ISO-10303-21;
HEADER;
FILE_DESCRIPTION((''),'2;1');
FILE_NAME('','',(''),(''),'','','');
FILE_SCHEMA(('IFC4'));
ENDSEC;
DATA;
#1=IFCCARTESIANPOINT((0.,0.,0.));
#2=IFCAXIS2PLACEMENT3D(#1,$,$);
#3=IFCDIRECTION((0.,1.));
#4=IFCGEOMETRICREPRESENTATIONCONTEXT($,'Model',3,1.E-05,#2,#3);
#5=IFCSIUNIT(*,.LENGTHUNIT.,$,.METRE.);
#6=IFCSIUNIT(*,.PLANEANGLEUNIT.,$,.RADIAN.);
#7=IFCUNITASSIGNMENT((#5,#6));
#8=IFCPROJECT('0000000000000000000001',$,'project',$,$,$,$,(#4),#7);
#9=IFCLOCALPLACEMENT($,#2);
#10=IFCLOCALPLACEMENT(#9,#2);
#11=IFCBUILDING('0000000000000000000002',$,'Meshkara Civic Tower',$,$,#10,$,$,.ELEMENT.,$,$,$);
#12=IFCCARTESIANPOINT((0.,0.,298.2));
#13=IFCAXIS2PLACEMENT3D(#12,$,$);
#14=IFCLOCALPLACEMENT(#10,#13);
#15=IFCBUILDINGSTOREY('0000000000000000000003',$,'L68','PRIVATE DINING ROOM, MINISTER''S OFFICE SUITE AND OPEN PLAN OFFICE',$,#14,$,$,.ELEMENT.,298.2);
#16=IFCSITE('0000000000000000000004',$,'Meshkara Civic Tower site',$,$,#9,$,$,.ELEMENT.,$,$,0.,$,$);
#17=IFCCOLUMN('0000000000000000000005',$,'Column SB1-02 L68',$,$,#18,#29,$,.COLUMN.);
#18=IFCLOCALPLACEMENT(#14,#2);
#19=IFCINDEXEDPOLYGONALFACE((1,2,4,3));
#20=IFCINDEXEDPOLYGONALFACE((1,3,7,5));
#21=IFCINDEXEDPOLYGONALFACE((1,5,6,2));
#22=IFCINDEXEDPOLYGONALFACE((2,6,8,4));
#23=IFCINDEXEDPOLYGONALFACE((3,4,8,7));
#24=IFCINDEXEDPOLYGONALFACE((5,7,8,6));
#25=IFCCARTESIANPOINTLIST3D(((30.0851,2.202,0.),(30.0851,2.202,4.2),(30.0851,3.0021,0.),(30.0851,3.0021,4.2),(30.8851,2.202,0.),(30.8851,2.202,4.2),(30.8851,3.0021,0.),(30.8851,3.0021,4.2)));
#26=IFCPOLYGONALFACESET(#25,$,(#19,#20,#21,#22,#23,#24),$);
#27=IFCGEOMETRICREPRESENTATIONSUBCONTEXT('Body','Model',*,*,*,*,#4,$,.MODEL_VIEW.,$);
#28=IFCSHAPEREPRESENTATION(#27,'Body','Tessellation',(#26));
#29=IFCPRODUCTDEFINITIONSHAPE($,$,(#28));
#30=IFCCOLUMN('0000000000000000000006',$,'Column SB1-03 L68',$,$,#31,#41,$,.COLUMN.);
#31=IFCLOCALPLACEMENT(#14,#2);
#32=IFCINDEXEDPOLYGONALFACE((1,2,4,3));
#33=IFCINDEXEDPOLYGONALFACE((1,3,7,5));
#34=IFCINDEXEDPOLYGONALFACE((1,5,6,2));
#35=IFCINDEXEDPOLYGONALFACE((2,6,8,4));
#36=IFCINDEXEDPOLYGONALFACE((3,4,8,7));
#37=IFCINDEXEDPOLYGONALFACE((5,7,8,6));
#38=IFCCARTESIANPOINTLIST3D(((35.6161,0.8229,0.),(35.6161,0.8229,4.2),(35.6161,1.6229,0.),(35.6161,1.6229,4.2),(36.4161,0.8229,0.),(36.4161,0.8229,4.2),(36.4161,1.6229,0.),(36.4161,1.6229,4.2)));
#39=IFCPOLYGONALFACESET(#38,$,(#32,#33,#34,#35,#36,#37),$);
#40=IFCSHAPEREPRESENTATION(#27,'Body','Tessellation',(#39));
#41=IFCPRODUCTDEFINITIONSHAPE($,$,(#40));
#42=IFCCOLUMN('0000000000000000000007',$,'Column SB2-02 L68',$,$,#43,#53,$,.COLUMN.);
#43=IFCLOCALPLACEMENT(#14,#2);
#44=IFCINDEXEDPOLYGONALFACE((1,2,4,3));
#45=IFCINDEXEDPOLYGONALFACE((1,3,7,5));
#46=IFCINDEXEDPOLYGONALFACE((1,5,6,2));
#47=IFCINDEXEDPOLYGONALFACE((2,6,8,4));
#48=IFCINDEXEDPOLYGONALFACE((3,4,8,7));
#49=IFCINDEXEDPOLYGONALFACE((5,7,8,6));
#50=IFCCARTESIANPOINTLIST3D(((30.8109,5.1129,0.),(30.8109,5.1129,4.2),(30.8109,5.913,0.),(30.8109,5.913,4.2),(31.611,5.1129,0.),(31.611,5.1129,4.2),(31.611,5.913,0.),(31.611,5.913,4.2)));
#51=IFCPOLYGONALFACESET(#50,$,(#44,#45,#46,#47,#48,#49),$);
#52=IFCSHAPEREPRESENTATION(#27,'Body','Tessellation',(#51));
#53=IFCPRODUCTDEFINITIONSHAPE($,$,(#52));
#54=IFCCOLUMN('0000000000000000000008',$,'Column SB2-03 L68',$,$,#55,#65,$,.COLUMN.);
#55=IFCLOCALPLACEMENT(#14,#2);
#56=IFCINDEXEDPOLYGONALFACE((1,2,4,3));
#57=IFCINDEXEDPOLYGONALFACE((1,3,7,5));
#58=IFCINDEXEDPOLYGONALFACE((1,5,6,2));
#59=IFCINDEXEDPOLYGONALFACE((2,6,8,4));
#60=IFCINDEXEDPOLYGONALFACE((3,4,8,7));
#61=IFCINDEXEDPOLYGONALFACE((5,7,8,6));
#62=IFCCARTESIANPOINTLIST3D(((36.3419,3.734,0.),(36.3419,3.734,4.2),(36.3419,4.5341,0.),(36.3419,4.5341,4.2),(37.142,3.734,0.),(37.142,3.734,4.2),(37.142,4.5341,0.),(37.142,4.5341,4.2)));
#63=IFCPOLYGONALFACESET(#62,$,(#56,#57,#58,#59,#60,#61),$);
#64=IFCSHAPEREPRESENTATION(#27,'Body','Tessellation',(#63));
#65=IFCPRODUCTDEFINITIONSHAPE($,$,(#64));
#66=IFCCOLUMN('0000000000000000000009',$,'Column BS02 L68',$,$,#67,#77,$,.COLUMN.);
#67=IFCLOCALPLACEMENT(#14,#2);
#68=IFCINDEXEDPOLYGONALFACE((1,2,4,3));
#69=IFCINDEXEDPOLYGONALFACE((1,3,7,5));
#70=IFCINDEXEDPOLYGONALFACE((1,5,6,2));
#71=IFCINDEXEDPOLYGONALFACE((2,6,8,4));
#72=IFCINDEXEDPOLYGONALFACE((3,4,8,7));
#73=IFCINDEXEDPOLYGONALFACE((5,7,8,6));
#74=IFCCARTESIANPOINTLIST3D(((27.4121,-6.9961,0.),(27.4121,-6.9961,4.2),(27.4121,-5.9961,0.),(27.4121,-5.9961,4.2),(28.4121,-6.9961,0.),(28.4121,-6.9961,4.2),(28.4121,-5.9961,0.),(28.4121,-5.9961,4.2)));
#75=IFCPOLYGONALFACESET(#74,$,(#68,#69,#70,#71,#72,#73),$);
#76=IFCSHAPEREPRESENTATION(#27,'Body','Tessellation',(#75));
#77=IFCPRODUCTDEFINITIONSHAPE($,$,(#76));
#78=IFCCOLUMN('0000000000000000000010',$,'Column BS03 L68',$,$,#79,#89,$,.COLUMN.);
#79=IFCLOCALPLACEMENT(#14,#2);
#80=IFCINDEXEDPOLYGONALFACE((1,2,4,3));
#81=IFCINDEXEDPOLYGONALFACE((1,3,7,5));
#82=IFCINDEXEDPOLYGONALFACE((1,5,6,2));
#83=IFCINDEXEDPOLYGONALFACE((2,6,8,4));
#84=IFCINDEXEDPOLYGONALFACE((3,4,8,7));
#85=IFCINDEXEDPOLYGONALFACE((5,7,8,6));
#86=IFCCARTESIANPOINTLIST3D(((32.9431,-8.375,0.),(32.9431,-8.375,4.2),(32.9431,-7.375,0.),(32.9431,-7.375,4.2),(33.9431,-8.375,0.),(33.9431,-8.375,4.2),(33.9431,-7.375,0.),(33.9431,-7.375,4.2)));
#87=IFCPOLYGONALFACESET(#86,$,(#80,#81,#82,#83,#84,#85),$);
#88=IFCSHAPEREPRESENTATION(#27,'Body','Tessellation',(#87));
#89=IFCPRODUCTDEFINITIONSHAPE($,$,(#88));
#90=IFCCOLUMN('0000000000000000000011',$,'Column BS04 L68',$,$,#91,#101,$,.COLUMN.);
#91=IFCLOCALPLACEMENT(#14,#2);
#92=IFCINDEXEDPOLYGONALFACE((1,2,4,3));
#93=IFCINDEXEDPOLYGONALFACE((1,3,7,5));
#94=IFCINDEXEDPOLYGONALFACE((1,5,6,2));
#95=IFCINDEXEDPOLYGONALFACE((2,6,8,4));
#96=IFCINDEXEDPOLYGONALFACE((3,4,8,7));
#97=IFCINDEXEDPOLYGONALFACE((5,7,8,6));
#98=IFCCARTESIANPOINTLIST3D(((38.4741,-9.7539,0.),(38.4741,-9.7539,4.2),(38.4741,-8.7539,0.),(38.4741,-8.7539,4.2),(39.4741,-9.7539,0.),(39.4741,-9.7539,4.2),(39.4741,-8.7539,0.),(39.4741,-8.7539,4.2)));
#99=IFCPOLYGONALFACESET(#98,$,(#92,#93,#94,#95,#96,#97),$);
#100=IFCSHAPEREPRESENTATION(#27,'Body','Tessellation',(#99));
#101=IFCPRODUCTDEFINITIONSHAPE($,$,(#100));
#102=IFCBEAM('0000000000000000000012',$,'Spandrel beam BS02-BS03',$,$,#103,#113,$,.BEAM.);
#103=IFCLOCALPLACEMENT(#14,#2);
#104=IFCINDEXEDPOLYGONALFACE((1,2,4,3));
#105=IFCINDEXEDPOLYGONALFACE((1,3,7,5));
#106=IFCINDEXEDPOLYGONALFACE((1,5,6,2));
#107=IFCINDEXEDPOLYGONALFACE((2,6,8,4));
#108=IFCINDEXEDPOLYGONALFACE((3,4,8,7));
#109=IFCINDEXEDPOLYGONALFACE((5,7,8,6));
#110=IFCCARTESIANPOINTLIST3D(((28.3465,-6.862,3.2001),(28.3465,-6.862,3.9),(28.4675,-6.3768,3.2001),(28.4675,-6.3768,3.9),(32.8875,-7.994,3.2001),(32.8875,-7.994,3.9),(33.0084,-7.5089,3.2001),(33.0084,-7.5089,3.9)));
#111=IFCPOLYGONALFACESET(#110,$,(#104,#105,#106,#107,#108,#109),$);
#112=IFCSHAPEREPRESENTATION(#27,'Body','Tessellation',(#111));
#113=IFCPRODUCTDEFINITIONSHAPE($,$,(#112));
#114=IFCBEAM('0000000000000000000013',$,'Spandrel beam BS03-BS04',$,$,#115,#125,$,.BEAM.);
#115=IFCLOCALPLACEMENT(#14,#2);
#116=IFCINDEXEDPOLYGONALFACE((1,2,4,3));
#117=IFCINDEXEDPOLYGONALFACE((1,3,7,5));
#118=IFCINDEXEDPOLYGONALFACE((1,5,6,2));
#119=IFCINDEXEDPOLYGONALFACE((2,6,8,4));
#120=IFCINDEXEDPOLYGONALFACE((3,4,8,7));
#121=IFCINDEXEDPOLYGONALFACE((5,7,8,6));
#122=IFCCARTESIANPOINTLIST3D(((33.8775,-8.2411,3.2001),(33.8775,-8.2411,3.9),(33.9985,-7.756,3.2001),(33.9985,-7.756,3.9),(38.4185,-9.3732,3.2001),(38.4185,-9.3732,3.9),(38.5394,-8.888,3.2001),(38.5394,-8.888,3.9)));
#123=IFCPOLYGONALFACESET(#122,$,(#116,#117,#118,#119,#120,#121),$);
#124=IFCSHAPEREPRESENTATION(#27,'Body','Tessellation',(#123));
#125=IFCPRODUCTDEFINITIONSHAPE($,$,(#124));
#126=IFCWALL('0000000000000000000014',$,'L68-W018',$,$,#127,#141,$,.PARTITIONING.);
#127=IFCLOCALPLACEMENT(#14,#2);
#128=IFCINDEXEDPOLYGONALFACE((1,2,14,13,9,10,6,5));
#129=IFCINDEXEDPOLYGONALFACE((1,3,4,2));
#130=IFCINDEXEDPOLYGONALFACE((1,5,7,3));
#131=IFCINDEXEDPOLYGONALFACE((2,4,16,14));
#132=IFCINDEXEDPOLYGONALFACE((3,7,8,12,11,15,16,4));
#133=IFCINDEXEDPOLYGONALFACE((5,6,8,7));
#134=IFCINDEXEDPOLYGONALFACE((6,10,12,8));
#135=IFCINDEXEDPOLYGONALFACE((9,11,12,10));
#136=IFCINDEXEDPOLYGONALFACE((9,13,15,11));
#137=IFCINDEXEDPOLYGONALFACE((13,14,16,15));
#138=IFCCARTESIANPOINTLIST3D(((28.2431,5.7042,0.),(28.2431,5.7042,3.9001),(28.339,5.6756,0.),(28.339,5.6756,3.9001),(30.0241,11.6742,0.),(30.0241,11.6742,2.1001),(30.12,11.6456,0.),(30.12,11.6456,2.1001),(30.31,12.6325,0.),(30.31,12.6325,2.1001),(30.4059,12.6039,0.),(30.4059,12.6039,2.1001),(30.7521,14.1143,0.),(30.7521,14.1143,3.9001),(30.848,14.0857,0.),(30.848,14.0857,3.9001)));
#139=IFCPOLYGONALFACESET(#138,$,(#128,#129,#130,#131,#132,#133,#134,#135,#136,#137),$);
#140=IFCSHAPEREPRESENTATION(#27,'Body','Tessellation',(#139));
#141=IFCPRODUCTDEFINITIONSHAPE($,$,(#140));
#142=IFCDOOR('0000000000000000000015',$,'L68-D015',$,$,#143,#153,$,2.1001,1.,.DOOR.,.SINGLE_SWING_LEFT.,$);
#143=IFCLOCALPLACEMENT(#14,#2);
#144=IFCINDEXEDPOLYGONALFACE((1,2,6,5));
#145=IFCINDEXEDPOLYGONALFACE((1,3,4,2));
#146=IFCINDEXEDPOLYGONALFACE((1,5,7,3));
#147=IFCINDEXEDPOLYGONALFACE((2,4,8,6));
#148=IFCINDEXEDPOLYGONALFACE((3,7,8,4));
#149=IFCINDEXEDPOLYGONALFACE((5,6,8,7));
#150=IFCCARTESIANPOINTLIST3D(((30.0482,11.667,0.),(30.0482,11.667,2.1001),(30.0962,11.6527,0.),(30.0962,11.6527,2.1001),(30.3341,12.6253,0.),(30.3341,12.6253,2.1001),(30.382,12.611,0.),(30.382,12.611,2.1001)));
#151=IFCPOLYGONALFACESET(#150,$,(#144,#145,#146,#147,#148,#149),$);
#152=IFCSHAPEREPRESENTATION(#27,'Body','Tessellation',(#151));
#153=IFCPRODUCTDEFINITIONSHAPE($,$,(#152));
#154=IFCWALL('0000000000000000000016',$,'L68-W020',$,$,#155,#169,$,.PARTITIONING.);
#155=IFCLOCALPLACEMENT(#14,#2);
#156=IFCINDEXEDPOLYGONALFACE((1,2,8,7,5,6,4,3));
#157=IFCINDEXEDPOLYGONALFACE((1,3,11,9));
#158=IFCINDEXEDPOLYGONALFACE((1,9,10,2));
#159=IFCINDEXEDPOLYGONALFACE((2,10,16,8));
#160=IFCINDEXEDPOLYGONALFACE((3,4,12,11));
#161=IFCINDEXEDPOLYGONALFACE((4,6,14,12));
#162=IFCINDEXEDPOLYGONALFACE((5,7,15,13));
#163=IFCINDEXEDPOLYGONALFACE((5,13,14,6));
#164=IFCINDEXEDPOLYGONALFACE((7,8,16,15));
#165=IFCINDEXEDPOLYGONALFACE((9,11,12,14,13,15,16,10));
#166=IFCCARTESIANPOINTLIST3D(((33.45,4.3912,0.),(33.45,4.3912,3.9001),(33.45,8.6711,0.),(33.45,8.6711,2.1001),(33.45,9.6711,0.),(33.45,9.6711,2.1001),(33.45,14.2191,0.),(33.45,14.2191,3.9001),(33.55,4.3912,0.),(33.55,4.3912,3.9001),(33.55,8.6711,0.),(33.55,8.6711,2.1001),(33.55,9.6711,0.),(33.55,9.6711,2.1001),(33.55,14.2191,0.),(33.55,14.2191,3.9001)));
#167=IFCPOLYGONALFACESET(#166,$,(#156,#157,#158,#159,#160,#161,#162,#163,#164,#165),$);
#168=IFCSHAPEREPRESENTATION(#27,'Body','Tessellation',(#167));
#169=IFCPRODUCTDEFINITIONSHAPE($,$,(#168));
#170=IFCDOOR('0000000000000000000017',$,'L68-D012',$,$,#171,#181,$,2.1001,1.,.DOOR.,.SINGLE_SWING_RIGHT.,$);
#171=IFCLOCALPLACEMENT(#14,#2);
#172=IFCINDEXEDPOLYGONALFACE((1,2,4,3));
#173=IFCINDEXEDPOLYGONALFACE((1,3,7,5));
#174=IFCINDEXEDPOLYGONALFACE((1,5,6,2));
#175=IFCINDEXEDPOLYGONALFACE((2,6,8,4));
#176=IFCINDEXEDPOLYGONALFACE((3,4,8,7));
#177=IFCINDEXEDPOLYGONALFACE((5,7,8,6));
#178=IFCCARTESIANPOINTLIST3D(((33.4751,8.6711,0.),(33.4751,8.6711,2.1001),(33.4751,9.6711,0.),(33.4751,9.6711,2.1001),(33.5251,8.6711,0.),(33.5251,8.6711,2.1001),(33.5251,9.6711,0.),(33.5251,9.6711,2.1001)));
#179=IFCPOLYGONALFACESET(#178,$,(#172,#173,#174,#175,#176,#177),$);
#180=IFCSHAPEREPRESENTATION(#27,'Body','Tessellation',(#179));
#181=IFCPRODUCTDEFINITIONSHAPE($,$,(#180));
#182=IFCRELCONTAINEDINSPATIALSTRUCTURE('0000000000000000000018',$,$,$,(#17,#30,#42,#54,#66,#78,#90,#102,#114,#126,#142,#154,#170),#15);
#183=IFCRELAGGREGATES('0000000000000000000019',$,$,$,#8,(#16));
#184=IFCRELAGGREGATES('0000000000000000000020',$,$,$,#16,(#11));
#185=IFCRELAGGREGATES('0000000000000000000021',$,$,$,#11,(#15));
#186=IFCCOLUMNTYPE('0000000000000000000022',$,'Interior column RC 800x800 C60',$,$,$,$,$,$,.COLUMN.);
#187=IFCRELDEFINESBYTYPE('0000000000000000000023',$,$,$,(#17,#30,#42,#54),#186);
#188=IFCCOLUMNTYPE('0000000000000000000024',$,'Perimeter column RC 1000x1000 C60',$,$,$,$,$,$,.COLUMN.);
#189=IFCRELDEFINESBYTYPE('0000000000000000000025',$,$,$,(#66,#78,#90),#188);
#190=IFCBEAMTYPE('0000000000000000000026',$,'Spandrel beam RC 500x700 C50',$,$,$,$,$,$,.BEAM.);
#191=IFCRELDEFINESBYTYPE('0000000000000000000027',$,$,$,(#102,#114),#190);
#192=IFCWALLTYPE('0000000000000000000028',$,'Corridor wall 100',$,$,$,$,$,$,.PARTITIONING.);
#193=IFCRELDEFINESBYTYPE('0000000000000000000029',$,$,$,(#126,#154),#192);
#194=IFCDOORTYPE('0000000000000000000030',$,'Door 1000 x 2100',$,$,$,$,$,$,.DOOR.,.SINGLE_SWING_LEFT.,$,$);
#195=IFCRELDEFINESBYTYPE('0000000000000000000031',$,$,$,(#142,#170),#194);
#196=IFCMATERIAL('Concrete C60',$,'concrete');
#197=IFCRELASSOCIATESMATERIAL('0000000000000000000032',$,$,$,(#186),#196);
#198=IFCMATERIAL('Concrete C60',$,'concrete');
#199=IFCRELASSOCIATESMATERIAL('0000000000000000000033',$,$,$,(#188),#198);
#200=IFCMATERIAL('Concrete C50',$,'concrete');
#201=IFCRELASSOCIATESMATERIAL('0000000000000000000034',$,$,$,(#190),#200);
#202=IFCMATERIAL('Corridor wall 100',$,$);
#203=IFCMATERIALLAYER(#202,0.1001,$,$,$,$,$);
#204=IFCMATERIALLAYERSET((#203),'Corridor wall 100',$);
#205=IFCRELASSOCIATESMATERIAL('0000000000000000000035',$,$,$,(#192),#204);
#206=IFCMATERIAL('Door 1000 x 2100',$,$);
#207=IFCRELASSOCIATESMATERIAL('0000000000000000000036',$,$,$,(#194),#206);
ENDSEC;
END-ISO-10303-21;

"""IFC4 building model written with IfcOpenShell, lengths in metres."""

from ifc_helpers import new_model, si_unit, direction, frame, frame_2d, origin, origin_2d, place, context, subcontext, project, spatial, rectangle, extrude, material, layer, layer_set, material_profile, profile_set, type_object, element, fill, save


model = new_model("IFC4")

# Units and contexts
model_context = context("Model", 3, precision=1e-05, world=origin(), true_north=direction((0.0, 1.0)))
body_context = subcontext(model_context, "Body", "Model", "MODEL_VIEW")
ifc_project = project(units=[si_unit("LENGTHUNIT", "METRE"), si_unit("PLANEANGLEUNIT", "RADIAN")], contexts=[model_context])

# Site, building, storey
site_placement = place(None, origin())
site = spatial("IfcSite", under=ifc_project, at=site_placement, Name="Meshkara Civic Tower site", CompositionType="ELEMENT", RefElevation=0.0)
building_placement = place(site_placement, origin())
building = spatial("IfcBuilding", under=site, at=building_placement, Name="Meshkara Civic Tower", CompositionType="ELEMENT")
storey_placement = place(building_placement, frame((0.0, 0.0, 298.2)))
storey = spatial("IfcBuildingStorey", under=building, at=storey_placement, Name="L68", Description="PRIVATE DINING ROOM, MINISTER'S OFFICE SUITE AND OPEN PLAN OFFICE", CompositionType="ELEMENT", Elevation=298.2)

# Columns
ifc_material_1 = material(Name="Concrete C60", Category="concrete")
ifc_material_profile_1 = material_profile(ifc_material_1, rectangle(XDim=0.8, YDim=0.8, at=origin_2d()))
ifc_profile_set_1 = profile_set([ifc_material_profile_1], Name="Concrete C60")
column_type_1 = type_object("IfcColumnType", Name="Interior column RC 800x800 C60", PredefinedType="COLUMN", material=ifc_profile_set_1)
for number, where, z_axis, x_axis, name in (
    (1, (30.4851, 2.6021, 0.0), (0.0, 0.0, 1.0), (1.0, 0.0, 0.0), "Column SB1-02 L68"),
    (2, (36.0161, 1.2229, 0.0), (0.0, 0.0, 1.0), (1.0, 0.0, 0.0), "Column SB1-03 L68"),
    (3, (31.2109, 5.5129, 0.0), (0.0, 0.0, 1.0), (1.0, 0.0, 0.0), "Column SB2-02 L68"),
    (4, (36.7419, 4.134, 0.0), (0.0, 0.0, 1.0), (1.0, 0.0, 0.0), "Column SB2-03 L68"),
):
    element("IfcColumn", number, at=place(storey_placement, frame(where, z_axis=z_axis, x_axis=x_axis)), inside=storey, type_object=column_type_1, Name=name, PredefinedType="COLUMN", context=body_context, shape_type="SweptSolid", body=[
        extrude(rectangle(XDim=0.8, YDim=0.8, at=origin_2d()), origin(), (0.0, 0.0, 1.0), 4.2),
    ])
ifc_material_2 = material(Name="Concrete C60", Category="concrete")
ifc_material_profile_2 = material_profile(ifc_material_2, rectangle(XDim=1.0, YDim=1.0, at=origin_2d()))
ifc_profile_set_2 = profile_set([ifc_material_profile_2], Name="Concrete C60")
column_type_2 = type_object("IfcColumnType", Name="Perimeter column RC 1000x1000 C60", PredefinedType="COLUMN", material=ifc_profile_set_2)
for number, where, z_axis, x_axis, name in (
    (5, (27.9121, -6.4961, 0.0), (0.0, 0.0, 1.0), (1.0, 0.0, 0.0), "Column BS02 L68"),
    (6, (33.4431, -7.875, 0.0), (0.0, 0.0, 1.0), (1.0, 0.0, 0.0), "Column BS03 L68"),
    (7, (38.9741, -9.2539, 0.0), (0.0, 0.0, 1.0), (1.0, 0.0, 0.0), "Column BS04 L68"),
):
    element("IfcColumn", number, at=place(storey_placement, frame(where, z_axis=z_axis, x_axis=x_axis)), inside=storey, type_object=column_type_2, Name=name, PredefinedType="COLUMN", context=body_context, shape_type="SweptSolid", body=[
        extrude(rectangle(XDim=1.0, YDim=1.0, at=origin_2d()), origin(), (0.0, 0.0, 1.0), 4.2),
    ])

# Beams
ifc_material_3 = material(Name="Concrete C50", Category="concrete")
ifc_material_profile_3 = material_profile(ifc_material_3, rectangle(XDim=0.5, YDim=0.7, at=origin_2d()))
ifc_profile_set_3 = profile_set([ifc_material_profile_3], Name="Concrete C50")
beam_type = type_object("IfcBeamType", Name="Spandrel beam RC 500x700 C50", PredefinedType="BEAM", material=ifc_profile_set_3)
for number, where, z_axis, x_axis, name in (
    (8, (28.407, -6.6194, 3.55), (0.970302, -0.241897, 0.0), (0.241897, 0.970302, 0.0), "Spandrel beam BS02-BS03"),
    (9, (33.938, -7.9985, 3.55), (0.970302, -0.241897, 0.0), (0.241897, 0.970302, 0.0), "Spandrel beam BS03-BS04"),
):
    element("IfcBeam", number, at=place(storey_placement, frame(where, z_axis=z_axis, x_axis=x_axis)), inside=storey, type_object=beam_type, Name=name, PredefinedType="BEAM", context=body_context, shape_type="SweptSolid", body=[
        extrude(rectangle(XDim=0.5, YDim=0.7, at=origin_2d()), origin(), (0.0, 0.0, 1.0), 4.6799),
    ])

# Walls, openings, doors
ifc_material_4 = material(Name="Corridor wall 100")
ifc_layer_1 = layer(ifc_material_4, 0.1001)
ifc_layer_set_1 = layer_set([ifc_layer_1], Name="Corridor wall 100")
wall_type_1 = type_object("IfcWallType", Name="Corridor wall 100", PredefinedType="PARTITIONING", material=ifc_layer_set_1)
wall_1_placement = place(storey_placement, frame((28.291, 5.6899, 0.0), z_axis=(0.0, 0.0, 1.0), x_axis=(0.285883, 0.958265, 0.0)))
wall_1 = element("IfcWall", 10, at=wall_1_placement, inside=storey, type_object=wall_type_1, Name="L68-W018", PredefinedType="PARTITIONING", context=body_context, shape_type="SweptSolid", body=[
    extrude(rectangle(XDim=8.7764, YDim=0.1001, at=frame_2d((4.3882, 0.0))), origin(), (0.0, 0.0, 1.0), 3.9001),
])
opening_1_placement = place(wall_1_placement, frame((6.23, 0.0, 0.0)))
opening_1 = element("IfcOpeningElement", 11, at=opening_1_placement, cuts=wall_1, PredefinedType="OPENING", context=body_context, shape_type="SweptSolid", body=[
    extrude(rectangle(XDim=1.0, YDim=2.1001, at=frame_2d((0.5, 1.05))), frame((0.0, 0.0601, 0.0), z_axis=(0.0, -1.0, 0.0), x_axis=(1.0, 0.0, 0.0)), (0.0, 0.0, 1.0), 0.1201),
])
ifc_material_5 = material(Name="Door 1000 x 2100")
door_type_1 = type_object("IfcDoorType", Name="Door 1000 x 2100", OperationType="SINGLE_SWING_LEFT", PredefinedType="DOOR", material=ifc_material_5)
door_1_placement = place(opening_1_placement, origin())
door_1 = element("IfcDoor", 12, at=door_1_placement, inside=storey, type_object=door_type_1, Name="L68-D015", OperationType="SINGLE_SWING_LEFT", OverallHeight=2.1001, OverallWidth=1.0, PredefinedType="DOOR", context=body_context, shape_type="SweptSolid", body=[
    extrude(rectangle(XDim=1.0, YDim=2.1001, at=frame_2d((0.5, 1.05))), frame((0.0, 0.0249, 0.0), z_axis=(0.0, -1.0, 0.0), x_axis=(1.0, 0.0, 0.0)), (0.0, 0.0, 1.0), 0.05),
])
fill(opening_1, door_1)
wall_2_placement = place(storey_placement, frame((33.5, 4.3911, 0.0), z_axis=(0.0, 0.0, 1.0), x_axis=(0.0, 1.0, 0.0)))
wall_2 = element("IfcWall", 13, at=wall_2_placement, inside=storey, type_object=wall_type_1, Name="L68-W020", PredefinedType="PARTITIONING", context=body_context, shape_type="SweptSolid", body=[
    extrude(rectangle(XDim=9.8279, YDim=0.1001, at=frame_2d((4.9141, 0.0))), origin(), (0.0, 0.0, 1.0), 3.9001),
])
opening_2_placement = place(wall_2_placement, frame((4.28, 0.0, 0.0)))
opening_2 = element("IfcOpeningElement", 14, at=opening_2_placement, cuts=wall_2, PredefinedType="OPENING", context=body_context, shape_type="SweptSolid", body=[
    extrude(rectangle(XDim=1.0, YDim=2.1001, at=frame_2d((0.5, 1.05))), frame((0.0, 0.0601, 0.0), z_axis=(0.0, -1.0, 0.0), x_axis=(1.0, 0.0, 0.0)), (0.0, 0.0, 1.0), 0.1201),
])
door_2_placement = place(opening_2_placement, origin())
door_2 = element("IfcDoor", 15, at=door_2_placement, inside=storey, type_object=door_type_1, Name="L68-D012", OperationType="SINGLE_SWING_RIGHT", OverallHeight=2.1001, OverallWidth=1.0, PredefinedType="DOOR", context=body_context, shape_type="SweptSolid", body=[
    extrude(rectangle(XDim=1.0, YDim=2.1001, at=frame_2d((0.5, 1.05))), frame((0.0, 0.0249, 0.0), z_axis=(0.0, -1.0, 0.0), x_axis=(1.0, 0.0, 0.0)), (0.0, 0.0, 1.0), 0.05),
])
fill(opening_2, door_2)

save(model, "model.ifc")
